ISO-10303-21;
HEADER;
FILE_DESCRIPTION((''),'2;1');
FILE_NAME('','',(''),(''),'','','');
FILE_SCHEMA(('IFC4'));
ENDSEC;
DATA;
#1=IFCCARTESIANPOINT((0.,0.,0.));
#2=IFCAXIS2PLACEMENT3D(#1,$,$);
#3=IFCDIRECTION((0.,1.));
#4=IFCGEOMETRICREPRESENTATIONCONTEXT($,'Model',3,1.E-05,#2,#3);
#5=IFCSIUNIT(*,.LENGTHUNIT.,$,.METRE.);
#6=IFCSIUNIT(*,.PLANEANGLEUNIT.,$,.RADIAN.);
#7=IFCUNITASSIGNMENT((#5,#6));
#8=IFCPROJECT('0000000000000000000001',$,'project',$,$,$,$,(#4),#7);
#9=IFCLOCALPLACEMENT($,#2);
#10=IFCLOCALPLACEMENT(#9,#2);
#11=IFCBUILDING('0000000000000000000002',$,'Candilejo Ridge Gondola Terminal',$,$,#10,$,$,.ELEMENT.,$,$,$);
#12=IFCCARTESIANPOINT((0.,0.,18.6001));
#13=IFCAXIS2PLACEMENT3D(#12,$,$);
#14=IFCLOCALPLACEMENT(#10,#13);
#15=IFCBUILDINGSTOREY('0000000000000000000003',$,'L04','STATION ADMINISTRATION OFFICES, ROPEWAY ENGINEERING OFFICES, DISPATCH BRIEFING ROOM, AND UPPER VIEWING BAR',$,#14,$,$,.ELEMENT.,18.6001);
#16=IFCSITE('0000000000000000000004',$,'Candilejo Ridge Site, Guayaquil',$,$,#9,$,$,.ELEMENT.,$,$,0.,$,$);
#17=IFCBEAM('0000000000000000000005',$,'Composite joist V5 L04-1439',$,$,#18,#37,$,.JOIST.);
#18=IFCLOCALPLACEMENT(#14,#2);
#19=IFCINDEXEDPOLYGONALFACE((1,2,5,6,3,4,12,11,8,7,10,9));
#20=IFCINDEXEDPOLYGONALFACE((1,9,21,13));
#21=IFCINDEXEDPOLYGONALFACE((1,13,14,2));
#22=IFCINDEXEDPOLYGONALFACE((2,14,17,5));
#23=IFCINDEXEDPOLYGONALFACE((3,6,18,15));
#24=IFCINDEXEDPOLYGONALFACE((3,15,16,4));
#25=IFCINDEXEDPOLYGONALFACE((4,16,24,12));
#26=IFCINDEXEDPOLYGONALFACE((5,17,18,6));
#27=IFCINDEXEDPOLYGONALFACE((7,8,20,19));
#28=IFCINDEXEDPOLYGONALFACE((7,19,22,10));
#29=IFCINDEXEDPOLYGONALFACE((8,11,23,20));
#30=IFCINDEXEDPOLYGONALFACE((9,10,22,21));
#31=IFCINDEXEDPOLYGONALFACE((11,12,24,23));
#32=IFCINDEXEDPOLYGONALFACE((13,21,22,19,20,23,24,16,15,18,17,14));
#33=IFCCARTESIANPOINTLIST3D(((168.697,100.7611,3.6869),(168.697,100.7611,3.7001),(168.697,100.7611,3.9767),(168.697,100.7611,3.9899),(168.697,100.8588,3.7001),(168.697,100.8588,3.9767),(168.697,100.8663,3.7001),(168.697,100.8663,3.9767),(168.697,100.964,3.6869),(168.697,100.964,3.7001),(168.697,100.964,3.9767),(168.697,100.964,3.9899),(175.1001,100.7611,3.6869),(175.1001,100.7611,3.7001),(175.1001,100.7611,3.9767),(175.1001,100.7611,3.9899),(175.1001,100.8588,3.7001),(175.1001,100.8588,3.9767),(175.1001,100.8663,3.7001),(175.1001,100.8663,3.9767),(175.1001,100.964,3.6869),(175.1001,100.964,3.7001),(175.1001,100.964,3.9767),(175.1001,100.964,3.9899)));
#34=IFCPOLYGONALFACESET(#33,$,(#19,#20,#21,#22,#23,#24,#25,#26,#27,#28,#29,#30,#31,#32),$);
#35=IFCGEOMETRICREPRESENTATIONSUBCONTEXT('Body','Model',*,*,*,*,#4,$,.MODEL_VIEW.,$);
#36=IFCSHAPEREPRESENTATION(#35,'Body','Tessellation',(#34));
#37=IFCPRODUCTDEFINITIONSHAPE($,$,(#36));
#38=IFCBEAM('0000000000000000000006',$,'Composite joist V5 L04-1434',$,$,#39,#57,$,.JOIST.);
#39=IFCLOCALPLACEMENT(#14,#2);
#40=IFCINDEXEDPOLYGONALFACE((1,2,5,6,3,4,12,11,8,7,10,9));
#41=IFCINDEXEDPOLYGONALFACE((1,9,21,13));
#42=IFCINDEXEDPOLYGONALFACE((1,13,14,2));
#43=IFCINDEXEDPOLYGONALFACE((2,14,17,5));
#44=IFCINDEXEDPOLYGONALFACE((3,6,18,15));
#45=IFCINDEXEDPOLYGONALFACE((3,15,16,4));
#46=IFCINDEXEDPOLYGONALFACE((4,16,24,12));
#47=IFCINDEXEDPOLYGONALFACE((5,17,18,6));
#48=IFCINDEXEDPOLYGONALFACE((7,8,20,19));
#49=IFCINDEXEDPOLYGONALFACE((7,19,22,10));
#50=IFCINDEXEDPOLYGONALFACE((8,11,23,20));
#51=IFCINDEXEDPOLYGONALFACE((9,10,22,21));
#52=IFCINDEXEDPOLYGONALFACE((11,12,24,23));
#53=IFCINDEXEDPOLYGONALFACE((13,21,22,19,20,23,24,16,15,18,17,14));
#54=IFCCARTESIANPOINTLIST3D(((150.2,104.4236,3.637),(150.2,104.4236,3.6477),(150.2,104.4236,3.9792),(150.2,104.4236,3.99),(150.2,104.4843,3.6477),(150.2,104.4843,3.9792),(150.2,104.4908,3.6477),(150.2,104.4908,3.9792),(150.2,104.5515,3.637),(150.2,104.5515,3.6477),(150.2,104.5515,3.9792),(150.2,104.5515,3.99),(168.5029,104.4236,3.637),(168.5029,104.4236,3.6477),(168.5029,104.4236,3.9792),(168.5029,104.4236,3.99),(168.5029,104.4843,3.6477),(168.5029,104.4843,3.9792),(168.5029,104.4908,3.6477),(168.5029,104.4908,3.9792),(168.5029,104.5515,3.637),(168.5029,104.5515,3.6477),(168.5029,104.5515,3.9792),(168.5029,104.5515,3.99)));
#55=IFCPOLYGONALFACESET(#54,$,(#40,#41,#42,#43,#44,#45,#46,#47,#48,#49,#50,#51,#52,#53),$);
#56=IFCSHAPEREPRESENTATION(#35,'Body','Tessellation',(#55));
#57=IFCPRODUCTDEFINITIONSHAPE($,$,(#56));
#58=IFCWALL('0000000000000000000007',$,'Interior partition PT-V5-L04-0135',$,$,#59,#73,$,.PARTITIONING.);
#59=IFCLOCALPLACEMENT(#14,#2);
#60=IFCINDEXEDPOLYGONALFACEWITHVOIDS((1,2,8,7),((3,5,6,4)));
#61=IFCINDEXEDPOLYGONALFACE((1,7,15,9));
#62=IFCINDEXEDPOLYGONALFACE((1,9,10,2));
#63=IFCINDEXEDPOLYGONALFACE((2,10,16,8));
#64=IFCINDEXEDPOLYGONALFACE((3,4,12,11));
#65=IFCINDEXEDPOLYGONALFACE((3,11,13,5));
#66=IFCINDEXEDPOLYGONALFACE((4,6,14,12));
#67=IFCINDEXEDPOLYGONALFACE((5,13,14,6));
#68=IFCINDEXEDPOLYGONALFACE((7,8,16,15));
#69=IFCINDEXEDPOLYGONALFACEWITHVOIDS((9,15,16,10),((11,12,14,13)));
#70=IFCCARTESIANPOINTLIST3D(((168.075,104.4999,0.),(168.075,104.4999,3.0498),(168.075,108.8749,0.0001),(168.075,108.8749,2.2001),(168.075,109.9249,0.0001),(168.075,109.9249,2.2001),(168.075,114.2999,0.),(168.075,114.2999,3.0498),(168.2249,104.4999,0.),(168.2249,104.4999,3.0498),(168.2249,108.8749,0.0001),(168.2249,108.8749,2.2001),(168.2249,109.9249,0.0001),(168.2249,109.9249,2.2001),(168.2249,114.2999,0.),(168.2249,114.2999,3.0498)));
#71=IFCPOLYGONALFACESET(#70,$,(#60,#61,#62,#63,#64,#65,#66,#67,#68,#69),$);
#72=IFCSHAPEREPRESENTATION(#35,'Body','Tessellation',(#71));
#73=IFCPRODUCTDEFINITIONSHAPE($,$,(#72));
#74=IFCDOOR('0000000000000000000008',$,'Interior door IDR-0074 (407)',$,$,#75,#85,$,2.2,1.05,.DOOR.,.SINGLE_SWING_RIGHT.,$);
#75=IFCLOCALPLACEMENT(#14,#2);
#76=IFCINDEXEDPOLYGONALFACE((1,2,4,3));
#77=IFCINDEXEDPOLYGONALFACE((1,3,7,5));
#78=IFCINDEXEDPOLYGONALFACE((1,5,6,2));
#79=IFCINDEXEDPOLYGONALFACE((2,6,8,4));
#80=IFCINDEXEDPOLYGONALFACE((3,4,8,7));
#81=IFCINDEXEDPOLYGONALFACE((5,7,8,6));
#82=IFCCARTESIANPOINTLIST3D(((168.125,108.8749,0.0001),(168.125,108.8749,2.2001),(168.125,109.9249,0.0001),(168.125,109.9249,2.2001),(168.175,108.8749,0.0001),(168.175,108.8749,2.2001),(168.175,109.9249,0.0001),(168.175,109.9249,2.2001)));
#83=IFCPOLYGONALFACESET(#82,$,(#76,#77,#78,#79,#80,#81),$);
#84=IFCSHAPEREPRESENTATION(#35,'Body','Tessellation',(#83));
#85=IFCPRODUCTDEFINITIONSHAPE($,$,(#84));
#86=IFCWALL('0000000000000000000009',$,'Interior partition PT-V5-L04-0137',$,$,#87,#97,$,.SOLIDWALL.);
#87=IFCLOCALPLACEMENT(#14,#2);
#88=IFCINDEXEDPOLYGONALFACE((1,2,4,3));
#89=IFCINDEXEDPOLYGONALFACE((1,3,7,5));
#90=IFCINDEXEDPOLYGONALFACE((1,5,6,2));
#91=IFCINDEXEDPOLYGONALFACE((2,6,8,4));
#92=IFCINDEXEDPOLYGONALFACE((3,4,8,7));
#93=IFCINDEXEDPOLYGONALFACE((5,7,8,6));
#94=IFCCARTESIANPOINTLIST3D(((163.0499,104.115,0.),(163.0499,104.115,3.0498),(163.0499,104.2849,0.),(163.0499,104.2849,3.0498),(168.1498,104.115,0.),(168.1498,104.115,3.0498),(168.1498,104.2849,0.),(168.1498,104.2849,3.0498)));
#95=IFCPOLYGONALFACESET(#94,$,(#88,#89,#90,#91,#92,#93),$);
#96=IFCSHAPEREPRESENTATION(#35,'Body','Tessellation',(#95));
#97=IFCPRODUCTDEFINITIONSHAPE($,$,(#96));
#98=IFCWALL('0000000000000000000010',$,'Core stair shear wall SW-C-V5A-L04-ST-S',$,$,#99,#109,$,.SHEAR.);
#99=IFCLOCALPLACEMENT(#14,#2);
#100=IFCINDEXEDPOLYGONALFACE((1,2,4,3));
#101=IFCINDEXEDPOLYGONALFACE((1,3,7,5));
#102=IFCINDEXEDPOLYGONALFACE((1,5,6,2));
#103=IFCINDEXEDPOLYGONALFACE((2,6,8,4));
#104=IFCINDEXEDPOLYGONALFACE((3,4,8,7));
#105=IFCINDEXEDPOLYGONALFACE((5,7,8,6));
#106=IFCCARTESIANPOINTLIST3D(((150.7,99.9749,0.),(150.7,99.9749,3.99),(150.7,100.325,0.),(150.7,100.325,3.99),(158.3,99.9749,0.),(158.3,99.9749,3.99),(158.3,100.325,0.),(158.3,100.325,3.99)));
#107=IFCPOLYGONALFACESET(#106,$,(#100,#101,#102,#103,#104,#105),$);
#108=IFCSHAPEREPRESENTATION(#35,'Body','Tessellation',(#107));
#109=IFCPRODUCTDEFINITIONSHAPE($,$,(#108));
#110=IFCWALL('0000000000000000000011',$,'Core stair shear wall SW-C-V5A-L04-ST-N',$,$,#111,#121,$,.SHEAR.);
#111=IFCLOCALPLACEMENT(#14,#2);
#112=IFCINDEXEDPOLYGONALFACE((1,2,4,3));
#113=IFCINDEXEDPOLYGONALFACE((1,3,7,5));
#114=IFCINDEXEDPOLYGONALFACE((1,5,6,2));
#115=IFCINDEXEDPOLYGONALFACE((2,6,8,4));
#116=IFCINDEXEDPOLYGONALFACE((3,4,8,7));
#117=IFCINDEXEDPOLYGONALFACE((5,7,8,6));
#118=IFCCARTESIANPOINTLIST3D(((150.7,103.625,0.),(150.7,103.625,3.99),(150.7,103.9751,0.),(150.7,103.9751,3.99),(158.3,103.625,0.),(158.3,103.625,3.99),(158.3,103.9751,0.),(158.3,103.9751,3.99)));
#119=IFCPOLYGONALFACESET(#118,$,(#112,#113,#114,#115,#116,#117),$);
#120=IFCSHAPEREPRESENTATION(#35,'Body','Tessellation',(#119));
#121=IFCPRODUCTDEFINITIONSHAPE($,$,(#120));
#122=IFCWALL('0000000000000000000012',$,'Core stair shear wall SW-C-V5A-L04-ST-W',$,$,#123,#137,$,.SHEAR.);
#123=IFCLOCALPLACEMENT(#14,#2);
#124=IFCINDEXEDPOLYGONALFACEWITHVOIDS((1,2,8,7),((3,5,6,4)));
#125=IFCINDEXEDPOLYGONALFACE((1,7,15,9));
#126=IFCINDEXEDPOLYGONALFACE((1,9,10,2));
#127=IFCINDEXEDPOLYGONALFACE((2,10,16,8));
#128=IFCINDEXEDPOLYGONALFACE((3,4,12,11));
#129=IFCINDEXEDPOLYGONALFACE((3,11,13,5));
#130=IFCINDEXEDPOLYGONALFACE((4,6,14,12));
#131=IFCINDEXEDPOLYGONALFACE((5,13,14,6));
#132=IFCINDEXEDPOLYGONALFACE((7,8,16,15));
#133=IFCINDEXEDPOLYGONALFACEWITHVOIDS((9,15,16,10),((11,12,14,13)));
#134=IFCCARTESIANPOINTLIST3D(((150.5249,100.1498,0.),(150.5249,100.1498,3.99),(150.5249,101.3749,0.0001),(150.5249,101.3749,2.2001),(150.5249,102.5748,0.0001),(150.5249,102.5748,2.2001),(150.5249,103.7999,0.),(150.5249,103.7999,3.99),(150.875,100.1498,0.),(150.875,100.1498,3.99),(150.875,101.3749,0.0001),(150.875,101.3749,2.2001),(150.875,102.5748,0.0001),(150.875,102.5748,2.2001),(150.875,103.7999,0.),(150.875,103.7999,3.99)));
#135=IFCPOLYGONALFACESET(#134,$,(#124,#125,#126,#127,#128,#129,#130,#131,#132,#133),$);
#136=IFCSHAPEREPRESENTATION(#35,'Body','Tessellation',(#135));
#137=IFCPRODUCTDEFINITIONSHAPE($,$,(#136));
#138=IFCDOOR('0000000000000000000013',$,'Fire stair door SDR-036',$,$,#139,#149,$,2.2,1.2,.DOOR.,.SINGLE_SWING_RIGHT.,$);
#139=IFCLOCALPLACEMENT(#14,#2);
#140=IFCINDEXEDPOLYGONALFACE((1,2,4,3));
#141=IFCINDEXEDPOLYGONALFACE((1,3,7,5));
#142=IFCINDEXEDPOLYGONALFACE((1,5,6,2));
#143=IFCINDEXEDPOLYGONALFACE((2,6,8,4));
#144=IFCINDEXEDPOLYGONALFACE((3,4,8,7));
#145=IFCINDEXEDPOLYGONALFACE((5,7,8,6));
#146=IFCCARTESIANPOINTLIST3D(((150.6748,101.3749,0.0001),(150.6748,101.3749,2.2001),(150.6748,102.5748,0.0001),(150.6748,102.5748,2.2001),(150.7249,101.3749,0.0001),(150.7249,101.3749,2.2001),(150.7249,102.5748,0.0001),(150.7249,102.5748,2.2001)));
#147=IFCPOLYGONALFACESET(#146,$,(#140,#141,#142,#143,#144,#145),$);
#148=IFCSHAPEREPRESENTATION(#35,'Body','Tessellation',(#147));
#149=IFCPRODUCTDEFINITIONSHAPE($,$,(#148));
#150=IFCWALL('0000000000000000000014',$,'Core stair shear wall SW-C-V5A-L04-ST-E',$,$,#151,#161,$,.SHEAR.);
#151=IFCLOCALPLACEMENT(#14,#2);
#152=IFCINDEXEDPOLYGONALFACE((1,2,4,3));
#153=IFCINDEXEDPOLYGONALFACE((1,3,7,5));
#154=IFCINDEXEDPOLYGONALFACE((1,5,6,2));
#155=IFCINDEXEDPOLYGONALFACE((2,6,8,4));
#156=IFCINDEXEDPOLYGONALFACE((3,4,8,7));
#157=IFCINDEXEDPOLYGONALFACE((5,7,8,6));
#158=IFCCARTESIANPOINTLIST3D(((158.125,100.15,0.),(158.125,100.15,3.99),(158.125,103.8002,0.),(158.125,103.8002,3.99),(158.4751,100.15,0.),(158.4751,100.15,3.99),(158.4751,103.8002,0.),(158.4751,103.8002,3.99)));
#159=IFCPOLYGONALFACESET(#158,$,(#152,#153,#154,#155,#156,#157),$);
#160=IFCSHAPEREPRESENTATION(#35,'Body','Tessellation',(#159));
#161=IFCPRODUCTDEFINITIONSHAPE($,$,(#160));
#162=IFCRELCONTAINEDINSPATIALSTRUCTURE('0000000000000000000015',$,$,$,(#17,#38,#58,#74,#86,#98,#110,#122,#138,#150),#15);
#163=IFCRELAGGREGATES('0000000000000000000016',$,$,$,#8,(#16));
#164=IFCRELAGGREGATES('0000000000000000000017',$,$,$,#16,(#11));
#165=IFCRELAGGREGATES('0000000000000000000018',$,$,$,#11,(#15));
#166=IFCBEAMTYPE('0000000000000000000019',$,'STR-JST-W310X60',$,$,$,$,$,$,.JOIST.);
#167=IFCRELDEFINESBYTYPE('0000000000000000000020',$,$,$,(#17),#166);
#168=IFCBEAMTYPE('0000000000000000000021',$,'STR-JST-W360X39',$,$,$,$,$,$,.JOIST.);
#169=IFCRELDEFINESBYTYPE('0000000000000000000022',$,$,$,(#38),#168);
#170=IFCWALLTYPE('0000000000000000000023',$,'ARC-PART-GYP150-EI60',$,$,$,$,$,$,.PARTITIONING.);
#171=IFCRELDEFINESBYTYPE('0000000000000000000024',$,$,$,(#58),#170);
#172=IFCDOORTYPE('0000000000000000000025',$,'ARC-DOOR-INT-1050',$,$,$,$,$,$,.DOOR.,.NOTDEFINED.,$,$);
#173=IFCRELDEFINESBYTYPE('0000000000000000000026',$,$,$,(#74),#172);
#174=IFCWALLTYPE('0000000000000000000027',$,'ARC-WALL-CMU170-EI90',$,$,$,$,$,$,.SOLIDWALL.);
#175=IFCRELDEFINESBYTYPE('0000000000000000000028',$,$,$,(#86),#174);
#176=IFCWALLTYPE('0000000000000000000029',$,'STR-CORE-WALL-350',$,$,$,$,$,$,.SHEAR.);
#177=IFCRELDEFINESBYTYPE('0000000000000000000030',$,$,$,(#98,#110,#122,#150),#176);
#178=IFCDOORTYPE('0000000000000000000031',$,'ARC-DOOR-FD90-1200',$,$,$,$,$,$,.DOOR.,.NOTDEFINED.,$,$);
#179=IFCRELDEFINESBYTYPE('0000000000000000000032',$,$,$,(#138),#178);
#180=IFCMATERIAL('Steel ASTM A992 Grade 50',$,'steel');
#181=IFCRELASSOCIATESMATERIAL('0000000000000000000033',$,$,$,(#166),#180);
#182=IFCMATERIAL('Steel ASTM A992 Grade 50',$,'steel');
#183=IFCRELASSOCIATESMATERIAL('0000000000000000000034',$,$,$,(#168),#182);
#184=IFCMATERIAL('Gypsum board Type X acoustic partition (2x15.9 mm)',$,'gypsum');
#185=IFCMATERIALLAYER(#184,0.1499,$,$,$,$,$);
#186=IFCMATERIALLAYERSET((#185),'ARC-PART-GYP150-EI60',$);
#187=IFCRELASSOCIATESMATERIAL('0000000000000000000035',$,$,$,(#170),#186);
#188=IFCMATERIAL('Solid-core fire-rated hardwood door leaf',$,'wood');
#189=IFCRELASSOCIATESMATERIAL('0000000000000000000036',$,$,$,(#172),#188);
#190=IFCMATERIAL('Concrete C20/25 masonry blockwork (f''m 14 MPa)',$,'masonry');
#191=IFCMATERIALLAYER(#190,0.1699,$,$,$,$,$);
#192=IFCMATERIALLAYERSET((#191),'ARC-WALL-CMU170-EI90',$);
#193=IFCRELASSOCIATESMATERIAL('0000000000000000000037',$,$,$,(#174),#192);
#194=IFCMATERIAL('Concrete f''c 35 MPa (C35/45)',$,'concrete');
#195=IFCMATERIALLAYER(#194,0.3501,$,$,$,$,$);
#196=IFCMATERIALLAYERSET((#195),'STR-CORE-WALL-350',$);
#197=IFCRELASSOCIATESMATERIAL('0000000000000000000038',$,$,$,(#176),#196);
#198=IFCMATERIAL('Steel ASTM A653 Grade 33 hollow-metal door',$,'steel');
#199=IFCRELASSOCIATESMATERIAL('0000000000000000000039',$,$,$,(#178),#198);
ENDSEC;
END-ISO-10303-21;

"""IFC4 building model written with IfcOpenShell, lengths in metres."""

from ifc_helpers import new_model, si_unit, direction, frame, frame_2d, origin, origin_2d, place, context, subcontext, project, spatial, rectangle, i_section, extrude, material, layer, layer_set, material_profile, profile_set, type_object, element, fill, save


model = new_model("IFC4")

# Units and contexts
model_context = context("Model", 3, precision=1e-05, world=origin(), true_north=direction((0.0, 1.0)))
body_context = subcontext(model_context, "Body", "Model", "MODEL_VIEW")
ifc_project = project(units=[si_unit("LENGTHUNIT", "METRE"), si_unit("PLANEANGLEUNIT", "RADIAN")], contexts=[model_context])

# Site, building, storey
site_placement = place(None, origin())
site = spatial("IfcSite", under=ifc_project, at=site_placement, Name="Candilejo Ridge Site, Guayaquil", CompositionType="ELEMENT", RefElevation=0.0)
building_placement = place(site_placement, origin())
building = spatial("IfcBuilding", under=site, at=building_placement, Name="Candilejo Ridge Gondola Terminal", CompositionType="ELEMENT")
storey_placement = place(building_placement, frame((0.0, 0.0, 18.6001)))
storey = spatial("IfcBuildingStorey", under=building, at=storey_placement, Name="L04", Description="STATION ADMINISTRATION OFFICES, ROPEWAY ENGINEERING OFFICES, DISPATCH BRIEFING ROOM, AND UPPER VIEWING BAR", CompositionType="ELEMENT", Elevation=18.6001)

# Beams
ifc_material_1 = material(Name="Steel ASTM A992 Grade 50", Category="steel")
ifc_material_profile_1 = material_profile(ifc_material_1, i_section(OverallWidth=0.2029, OverallDepth=0.303, WebThickness=0.0076, FlangeThickness=0.0132, at=origin_2d()))
ifc_profile_set_1 = profile_set([ifc_material_profile_1], Name="Steel ASTM A992 Grade 50")
beam_type_1 = type_object("IfcBeamType", Name="STR-JST-W310X60", PredefinedType="JOIST", material=ifc_profile_set_1)
beam_1_placement = place(storey_placement, frame((168.697, 100.8625, 3.8384), z_axis=(1.0, 0.0, 0.0), x_axis=(0.0, 1.0, 0.0)))
element("IfcBeam", 1, at=beam_1_placement, inside=storey, type_object=beam_type_1, Name="Composite joist V5 L04-1439", PredefinedType="JOIST", context=body_context, shape_type="SweptSolid", body=[
    extrude(i_section(OverallWidth=0.2029, OverallDepth=0.303, WebThickness=0.0076, FlangeThickness=0.0132, at=origin_2d()), origin(), (0.0, 0.0, 1.0), 6.4031),
])
ifc_material_2 = material(Name="Steel ASTM A992 Grade 50", Category="steel")
ifc_material_profile_2 = material_profile(ifc_material_2, i_section(OverallWidth=0.1279, OverallDepth=0.353, WebThickness=0.0066, FlangeThickness=0.0107, at=origin_2d()))
ifc_profile_set_2 = profile_set([ifc_material_profile_2], Name="Steel ASTM A992 Grade 50")
beam_type_2 = type_object("IfcBeamType", Name="STR-JST-W360X39", PredefinedType="JOIST", material=ifc_profile_set_2)
beam_2_placement = place(storey_placement, frame((150.2, 104.4875, 3.8135), z_axis=(1.0, 0.0, 0.0), x_axis=(0.0, 1.0, 0.0)))
element("IfcBeam", 2, at=beam_2_placement, inside=storey, type_object=beam_type_2, Name="Composite joist V5 L04-1434", PredefinedType="JOIST", context=body_context, shape_type="SweptSolid", body=[
    extrude(i_section(OverallWidth=0.1279, OverallDepth=0.353, WebThickness=0.0066, FlangeThickness=0.0107, at=origin_2d()), origin(), (0.0, 0.0, 1.0), 18.303),
])

# Wall, opening, door
ifc_material_3 = material(Name="Gypsum board Type X acoustic partition (2x15.9 mm)", Category="gypsum")
ifc_layer_1 = layer(ifc_material_3, 0.1499)
ifc_layer_set_1 = layer_set([ifc_layer_1], Name="ARC-PART-GYP150-EI60")
wall_type_1 = type_object("IfcWallType", Name="ARC-PART-GYP150-EI60", PredefinedType="PARTITIONING", material=ifc_layer_set_1)
wall_1_placement = place(storey_placement, frame((168.1499, 104.5, 0.0), z_axis=(0.0, 0.0, 1.0), x_axis=(0.0, 1.0, 0.0)))
wall_1 = element("IfcWall", 3, at=wall_1_placement, inside=storey, type_object=wall_type_1, Name="Interior partition PT-V5-L04-0135", PredefinedType="PARTITIONING", context=body_context, shape_type="SweptSolid", body=[
    extrude(rectangle(XDim=9.8, YDim=0.1499, at=frame_2d((4.8999, 0.0))), origin(), (0.0, 0.0, 1.0), 3.0498),
])
opening_1_placement = place(wall_1_placement, frame((4.375, 0.0, 0.0)))
opening_1 = element("IfcOpeningElement", 4, at=opening_1_placement, cuts=wall_1, PredefinedType="OPENING", context=body_context, shape_type="SweptSolid", body=[
    extrude(rectangle(XDim=1.05, YDim=2.2, at=frame_2d((0.5249, 1.1001))), frame((0.0, 0.085, 0.0), z_axis=(0.0, -1.0, 0.0), x_axis=(1.0, 0.0, 0.0)), (0.0, 0.0, 1.0), 0.1699),
])
ifc_material_4 = material(Name="Solid-core fire-rated hardwood door leaf", Category="wood")
door_type_1 = type_object("IfcDoorType", Name="ARC-DOOR-INT-1050", OperationType="NOTDEFINED", PredefinedType="DOOR", material=ifc_material_4)
door_1_placement = place(opening_1_placement, origin())
door_1 = element("IfcDoor", 5, at=door_1_placement, inside=storey, type_object=door_type_1, Name="Interior door IDR-0074 (407)", OperationType="SINGLE_SWING_RIGHT", OverallHeight=2.2, OverallWidth=1.05, PredefinedType="DOOR", context=body_context, shape_type="SweptSolid", body=[
    extrude(rectangle(XDim=1.05, YDim=2.2, at=frame_2d((0.5249, 1.1001))), frame((0.0, 0.0249, 0.0), z_axis=(0.0, -1.0, 0.0), x_axis=(1.0, 0.0, 0.0)), (0.0, 0.0, 1.0), 0.05),
])
fill(opening_1, door_1)
ifc_material_5 = material(Name="Concrete C20/25 masonry blockwork (f'm 14 MPa)", Category="masonry")
ifc_layer_2 = layer(ifc_material_5, 0.1699)
ifc_layer_set_2 = layer_set([ifc_layer_2], Name="ARC-WALL-CMU170-EI90")
wall_type_2 = type_object("IfcWallType", Name="ARC-WALL-CMU170-EI90", PredefinedType="SOLIDWALL", material=ifc_layer_set_2)

# Walls
wall_2_placement = place(storey_placement, frame((163.05, 104.2, 0.0), z_axis=(0.0, 0.0, 1.0), x_axis=(1.0, 0.0, 0.0)))
element("IfcWall", 6, at=wall_2_placement, inside=storey, type_object=wall_type_2, Name="Interior partition PT-V5-L04-0137", PredefinedType="SOLIDWALL", context=body_context, shape_type="SweptSolid", body=[
    extrude(rectangle(XDim=5.0999, YDim=0.1699, at=frame_2d((2.5498, 0.0))), origin(), (0.0, 0.0, 1.0), 3.0498),
])
ifc_material_6 = material(Name="Concrete f'c 35 MPa (C35/45)", Category="concrete")
ifc_layer_3 = layer(ifc_material_6, 0.3501)
ifc_layer_set_3 = layer_set([ifc_layer_3], Name="STR-CORE-WALL-350")
wall_type_3 = type_object("IfcWallType", Name="STR-CORE-WALL-350", PredefinedType="SHEAR", material=ifc_layer_set_3)
for number, where, z_axis, x_axis, name in (
    (7, (150.7, 100.1499, 0.0), (0.0, 0.0, 1.0), (1.0, 0.0, 0.0), "Core stair shear wall SW-C-V5A-L04-ST-S"),
    (8, (158.3, 103.8, 0.0), (0.0, 0.0, 1.0), (-1.0, 0.0, 0.0), "Core stair shear wall SW-C-V5A-L04-ST-N"),
):
    element("IfcWall", number, at=place(storey_placement, frame(where, z_axis=z_axis, x_axis=x_axis)), inside=storey, type_object=wall_type_3, Name=name, PredefinedType="SHEAR", context=body_context, shape_type="SweptSolid", body=[
        extrude(rectangle(XDim=7.6001, YDim=0.3501, at=frame_2d((3.8, 0.0))), origin(), (0.0, 0.0, 1.0), 3.99),
    ])

# Wall, opening, door
wall_3_placement = place(storey_placement, frame((150.7, 103.8, 0.0), z_axis=(0.0, 0.0, 1.0), x_axis=(0.0, -1.0, 0.0)))
wall_3 = element("IfcWall", 9, at=wall_3_placement, inside=storey, type_object=wall_type_3, Name="Core stair shear wall SW-C-V5A-L04-ST-W", PredefinedType="SHEAR", context=body_context, shape_type="SweptSolid", body=[
    extrude(rectangle(XDim=3.6501, YDim=0.3501, at=frame_2d((1.8252, 0.0))), origin(), (0.0, 0.0, 1.0), 3.99),
])
opening_2_placement = place(wall_3_placement, frame((1.2251, 0.0, 0.0)))
opening_2 = element("IfcOpeningElement", 10, at=opening_2_placement, cuts=wall_3, PredefinedType="OPENING", context=body_context, shape_type="SweptSolid", body=[
    extrude(rectangle(XDim=1.2, YDim=2.2, at=frame_2d((0.6001, 1.1001))), frame((0.0, 0.1851, 0.0), z_axis=(0.0, -1.0, 0.0), x_axis=(1.0, 0.0, 0.0)), (0.0, 0.0, 1.0), 0.3701),
])
ifc_material_7 = material(Name="Steel ASTM A653 Grade 33 hollow-metal door", Category="steel")
door_type_2 = type_object("IfcDoorType", Name="ARC-DOOR-FD90-1200", OperationType="NOTDEFINED", PredefinedType="DOOR", material=ifc_material_7)
door_2_placement = place(opening_2_placement, origin())
door_2 = element("IfcDoor", 11, at=door_2_placement, inside=storey, type_object=door_type_2, Name="Fire stair door SDR-036", OperationType="SINGLE_SWING_RIGHT", OverallHeight=2.2, OverallWidth=1.2, PredefinedType="DOOR", context=body_context, shape_type="SweptSolid", body=[
    extrude(rectangle(XDim=1.2, YDim=2.2, at=frame_2d((0.6001, 1.1001))), frame((0.0, 0.0249, 0.0), z_axis=(0.0, -1.0, 0.0), x_axis=(1.0, 0.0, 0.0)), (0.0, 0.0, 1.0), 0.05),
])
fill(opening_2, door_2)

# Wall
wall_4_placement = place(storey_placement, frame((158.3, 100.1499, 0.0), z_axis=(0.0, 0.0, 1.0), x_axis=(0.0, 1.0, 0.0)))
element("IfcWall", 12, at=wall_4_placement, inside=storey, type_object=wall_type_3, Name="Core stair shear wall SW-C-V5A-L04-ST-E", PredefinedType="SHEAR", context=body_context, shape_type="SweptSolid", body=[
    extrude(rectangle(XDim=3.6501, YDim=0.3501, at=frame_2d((1.8252, 0.0))), origin(), (0.0, 0.0, 1.0), 3.99),
])

save(model, "model.ifc")
